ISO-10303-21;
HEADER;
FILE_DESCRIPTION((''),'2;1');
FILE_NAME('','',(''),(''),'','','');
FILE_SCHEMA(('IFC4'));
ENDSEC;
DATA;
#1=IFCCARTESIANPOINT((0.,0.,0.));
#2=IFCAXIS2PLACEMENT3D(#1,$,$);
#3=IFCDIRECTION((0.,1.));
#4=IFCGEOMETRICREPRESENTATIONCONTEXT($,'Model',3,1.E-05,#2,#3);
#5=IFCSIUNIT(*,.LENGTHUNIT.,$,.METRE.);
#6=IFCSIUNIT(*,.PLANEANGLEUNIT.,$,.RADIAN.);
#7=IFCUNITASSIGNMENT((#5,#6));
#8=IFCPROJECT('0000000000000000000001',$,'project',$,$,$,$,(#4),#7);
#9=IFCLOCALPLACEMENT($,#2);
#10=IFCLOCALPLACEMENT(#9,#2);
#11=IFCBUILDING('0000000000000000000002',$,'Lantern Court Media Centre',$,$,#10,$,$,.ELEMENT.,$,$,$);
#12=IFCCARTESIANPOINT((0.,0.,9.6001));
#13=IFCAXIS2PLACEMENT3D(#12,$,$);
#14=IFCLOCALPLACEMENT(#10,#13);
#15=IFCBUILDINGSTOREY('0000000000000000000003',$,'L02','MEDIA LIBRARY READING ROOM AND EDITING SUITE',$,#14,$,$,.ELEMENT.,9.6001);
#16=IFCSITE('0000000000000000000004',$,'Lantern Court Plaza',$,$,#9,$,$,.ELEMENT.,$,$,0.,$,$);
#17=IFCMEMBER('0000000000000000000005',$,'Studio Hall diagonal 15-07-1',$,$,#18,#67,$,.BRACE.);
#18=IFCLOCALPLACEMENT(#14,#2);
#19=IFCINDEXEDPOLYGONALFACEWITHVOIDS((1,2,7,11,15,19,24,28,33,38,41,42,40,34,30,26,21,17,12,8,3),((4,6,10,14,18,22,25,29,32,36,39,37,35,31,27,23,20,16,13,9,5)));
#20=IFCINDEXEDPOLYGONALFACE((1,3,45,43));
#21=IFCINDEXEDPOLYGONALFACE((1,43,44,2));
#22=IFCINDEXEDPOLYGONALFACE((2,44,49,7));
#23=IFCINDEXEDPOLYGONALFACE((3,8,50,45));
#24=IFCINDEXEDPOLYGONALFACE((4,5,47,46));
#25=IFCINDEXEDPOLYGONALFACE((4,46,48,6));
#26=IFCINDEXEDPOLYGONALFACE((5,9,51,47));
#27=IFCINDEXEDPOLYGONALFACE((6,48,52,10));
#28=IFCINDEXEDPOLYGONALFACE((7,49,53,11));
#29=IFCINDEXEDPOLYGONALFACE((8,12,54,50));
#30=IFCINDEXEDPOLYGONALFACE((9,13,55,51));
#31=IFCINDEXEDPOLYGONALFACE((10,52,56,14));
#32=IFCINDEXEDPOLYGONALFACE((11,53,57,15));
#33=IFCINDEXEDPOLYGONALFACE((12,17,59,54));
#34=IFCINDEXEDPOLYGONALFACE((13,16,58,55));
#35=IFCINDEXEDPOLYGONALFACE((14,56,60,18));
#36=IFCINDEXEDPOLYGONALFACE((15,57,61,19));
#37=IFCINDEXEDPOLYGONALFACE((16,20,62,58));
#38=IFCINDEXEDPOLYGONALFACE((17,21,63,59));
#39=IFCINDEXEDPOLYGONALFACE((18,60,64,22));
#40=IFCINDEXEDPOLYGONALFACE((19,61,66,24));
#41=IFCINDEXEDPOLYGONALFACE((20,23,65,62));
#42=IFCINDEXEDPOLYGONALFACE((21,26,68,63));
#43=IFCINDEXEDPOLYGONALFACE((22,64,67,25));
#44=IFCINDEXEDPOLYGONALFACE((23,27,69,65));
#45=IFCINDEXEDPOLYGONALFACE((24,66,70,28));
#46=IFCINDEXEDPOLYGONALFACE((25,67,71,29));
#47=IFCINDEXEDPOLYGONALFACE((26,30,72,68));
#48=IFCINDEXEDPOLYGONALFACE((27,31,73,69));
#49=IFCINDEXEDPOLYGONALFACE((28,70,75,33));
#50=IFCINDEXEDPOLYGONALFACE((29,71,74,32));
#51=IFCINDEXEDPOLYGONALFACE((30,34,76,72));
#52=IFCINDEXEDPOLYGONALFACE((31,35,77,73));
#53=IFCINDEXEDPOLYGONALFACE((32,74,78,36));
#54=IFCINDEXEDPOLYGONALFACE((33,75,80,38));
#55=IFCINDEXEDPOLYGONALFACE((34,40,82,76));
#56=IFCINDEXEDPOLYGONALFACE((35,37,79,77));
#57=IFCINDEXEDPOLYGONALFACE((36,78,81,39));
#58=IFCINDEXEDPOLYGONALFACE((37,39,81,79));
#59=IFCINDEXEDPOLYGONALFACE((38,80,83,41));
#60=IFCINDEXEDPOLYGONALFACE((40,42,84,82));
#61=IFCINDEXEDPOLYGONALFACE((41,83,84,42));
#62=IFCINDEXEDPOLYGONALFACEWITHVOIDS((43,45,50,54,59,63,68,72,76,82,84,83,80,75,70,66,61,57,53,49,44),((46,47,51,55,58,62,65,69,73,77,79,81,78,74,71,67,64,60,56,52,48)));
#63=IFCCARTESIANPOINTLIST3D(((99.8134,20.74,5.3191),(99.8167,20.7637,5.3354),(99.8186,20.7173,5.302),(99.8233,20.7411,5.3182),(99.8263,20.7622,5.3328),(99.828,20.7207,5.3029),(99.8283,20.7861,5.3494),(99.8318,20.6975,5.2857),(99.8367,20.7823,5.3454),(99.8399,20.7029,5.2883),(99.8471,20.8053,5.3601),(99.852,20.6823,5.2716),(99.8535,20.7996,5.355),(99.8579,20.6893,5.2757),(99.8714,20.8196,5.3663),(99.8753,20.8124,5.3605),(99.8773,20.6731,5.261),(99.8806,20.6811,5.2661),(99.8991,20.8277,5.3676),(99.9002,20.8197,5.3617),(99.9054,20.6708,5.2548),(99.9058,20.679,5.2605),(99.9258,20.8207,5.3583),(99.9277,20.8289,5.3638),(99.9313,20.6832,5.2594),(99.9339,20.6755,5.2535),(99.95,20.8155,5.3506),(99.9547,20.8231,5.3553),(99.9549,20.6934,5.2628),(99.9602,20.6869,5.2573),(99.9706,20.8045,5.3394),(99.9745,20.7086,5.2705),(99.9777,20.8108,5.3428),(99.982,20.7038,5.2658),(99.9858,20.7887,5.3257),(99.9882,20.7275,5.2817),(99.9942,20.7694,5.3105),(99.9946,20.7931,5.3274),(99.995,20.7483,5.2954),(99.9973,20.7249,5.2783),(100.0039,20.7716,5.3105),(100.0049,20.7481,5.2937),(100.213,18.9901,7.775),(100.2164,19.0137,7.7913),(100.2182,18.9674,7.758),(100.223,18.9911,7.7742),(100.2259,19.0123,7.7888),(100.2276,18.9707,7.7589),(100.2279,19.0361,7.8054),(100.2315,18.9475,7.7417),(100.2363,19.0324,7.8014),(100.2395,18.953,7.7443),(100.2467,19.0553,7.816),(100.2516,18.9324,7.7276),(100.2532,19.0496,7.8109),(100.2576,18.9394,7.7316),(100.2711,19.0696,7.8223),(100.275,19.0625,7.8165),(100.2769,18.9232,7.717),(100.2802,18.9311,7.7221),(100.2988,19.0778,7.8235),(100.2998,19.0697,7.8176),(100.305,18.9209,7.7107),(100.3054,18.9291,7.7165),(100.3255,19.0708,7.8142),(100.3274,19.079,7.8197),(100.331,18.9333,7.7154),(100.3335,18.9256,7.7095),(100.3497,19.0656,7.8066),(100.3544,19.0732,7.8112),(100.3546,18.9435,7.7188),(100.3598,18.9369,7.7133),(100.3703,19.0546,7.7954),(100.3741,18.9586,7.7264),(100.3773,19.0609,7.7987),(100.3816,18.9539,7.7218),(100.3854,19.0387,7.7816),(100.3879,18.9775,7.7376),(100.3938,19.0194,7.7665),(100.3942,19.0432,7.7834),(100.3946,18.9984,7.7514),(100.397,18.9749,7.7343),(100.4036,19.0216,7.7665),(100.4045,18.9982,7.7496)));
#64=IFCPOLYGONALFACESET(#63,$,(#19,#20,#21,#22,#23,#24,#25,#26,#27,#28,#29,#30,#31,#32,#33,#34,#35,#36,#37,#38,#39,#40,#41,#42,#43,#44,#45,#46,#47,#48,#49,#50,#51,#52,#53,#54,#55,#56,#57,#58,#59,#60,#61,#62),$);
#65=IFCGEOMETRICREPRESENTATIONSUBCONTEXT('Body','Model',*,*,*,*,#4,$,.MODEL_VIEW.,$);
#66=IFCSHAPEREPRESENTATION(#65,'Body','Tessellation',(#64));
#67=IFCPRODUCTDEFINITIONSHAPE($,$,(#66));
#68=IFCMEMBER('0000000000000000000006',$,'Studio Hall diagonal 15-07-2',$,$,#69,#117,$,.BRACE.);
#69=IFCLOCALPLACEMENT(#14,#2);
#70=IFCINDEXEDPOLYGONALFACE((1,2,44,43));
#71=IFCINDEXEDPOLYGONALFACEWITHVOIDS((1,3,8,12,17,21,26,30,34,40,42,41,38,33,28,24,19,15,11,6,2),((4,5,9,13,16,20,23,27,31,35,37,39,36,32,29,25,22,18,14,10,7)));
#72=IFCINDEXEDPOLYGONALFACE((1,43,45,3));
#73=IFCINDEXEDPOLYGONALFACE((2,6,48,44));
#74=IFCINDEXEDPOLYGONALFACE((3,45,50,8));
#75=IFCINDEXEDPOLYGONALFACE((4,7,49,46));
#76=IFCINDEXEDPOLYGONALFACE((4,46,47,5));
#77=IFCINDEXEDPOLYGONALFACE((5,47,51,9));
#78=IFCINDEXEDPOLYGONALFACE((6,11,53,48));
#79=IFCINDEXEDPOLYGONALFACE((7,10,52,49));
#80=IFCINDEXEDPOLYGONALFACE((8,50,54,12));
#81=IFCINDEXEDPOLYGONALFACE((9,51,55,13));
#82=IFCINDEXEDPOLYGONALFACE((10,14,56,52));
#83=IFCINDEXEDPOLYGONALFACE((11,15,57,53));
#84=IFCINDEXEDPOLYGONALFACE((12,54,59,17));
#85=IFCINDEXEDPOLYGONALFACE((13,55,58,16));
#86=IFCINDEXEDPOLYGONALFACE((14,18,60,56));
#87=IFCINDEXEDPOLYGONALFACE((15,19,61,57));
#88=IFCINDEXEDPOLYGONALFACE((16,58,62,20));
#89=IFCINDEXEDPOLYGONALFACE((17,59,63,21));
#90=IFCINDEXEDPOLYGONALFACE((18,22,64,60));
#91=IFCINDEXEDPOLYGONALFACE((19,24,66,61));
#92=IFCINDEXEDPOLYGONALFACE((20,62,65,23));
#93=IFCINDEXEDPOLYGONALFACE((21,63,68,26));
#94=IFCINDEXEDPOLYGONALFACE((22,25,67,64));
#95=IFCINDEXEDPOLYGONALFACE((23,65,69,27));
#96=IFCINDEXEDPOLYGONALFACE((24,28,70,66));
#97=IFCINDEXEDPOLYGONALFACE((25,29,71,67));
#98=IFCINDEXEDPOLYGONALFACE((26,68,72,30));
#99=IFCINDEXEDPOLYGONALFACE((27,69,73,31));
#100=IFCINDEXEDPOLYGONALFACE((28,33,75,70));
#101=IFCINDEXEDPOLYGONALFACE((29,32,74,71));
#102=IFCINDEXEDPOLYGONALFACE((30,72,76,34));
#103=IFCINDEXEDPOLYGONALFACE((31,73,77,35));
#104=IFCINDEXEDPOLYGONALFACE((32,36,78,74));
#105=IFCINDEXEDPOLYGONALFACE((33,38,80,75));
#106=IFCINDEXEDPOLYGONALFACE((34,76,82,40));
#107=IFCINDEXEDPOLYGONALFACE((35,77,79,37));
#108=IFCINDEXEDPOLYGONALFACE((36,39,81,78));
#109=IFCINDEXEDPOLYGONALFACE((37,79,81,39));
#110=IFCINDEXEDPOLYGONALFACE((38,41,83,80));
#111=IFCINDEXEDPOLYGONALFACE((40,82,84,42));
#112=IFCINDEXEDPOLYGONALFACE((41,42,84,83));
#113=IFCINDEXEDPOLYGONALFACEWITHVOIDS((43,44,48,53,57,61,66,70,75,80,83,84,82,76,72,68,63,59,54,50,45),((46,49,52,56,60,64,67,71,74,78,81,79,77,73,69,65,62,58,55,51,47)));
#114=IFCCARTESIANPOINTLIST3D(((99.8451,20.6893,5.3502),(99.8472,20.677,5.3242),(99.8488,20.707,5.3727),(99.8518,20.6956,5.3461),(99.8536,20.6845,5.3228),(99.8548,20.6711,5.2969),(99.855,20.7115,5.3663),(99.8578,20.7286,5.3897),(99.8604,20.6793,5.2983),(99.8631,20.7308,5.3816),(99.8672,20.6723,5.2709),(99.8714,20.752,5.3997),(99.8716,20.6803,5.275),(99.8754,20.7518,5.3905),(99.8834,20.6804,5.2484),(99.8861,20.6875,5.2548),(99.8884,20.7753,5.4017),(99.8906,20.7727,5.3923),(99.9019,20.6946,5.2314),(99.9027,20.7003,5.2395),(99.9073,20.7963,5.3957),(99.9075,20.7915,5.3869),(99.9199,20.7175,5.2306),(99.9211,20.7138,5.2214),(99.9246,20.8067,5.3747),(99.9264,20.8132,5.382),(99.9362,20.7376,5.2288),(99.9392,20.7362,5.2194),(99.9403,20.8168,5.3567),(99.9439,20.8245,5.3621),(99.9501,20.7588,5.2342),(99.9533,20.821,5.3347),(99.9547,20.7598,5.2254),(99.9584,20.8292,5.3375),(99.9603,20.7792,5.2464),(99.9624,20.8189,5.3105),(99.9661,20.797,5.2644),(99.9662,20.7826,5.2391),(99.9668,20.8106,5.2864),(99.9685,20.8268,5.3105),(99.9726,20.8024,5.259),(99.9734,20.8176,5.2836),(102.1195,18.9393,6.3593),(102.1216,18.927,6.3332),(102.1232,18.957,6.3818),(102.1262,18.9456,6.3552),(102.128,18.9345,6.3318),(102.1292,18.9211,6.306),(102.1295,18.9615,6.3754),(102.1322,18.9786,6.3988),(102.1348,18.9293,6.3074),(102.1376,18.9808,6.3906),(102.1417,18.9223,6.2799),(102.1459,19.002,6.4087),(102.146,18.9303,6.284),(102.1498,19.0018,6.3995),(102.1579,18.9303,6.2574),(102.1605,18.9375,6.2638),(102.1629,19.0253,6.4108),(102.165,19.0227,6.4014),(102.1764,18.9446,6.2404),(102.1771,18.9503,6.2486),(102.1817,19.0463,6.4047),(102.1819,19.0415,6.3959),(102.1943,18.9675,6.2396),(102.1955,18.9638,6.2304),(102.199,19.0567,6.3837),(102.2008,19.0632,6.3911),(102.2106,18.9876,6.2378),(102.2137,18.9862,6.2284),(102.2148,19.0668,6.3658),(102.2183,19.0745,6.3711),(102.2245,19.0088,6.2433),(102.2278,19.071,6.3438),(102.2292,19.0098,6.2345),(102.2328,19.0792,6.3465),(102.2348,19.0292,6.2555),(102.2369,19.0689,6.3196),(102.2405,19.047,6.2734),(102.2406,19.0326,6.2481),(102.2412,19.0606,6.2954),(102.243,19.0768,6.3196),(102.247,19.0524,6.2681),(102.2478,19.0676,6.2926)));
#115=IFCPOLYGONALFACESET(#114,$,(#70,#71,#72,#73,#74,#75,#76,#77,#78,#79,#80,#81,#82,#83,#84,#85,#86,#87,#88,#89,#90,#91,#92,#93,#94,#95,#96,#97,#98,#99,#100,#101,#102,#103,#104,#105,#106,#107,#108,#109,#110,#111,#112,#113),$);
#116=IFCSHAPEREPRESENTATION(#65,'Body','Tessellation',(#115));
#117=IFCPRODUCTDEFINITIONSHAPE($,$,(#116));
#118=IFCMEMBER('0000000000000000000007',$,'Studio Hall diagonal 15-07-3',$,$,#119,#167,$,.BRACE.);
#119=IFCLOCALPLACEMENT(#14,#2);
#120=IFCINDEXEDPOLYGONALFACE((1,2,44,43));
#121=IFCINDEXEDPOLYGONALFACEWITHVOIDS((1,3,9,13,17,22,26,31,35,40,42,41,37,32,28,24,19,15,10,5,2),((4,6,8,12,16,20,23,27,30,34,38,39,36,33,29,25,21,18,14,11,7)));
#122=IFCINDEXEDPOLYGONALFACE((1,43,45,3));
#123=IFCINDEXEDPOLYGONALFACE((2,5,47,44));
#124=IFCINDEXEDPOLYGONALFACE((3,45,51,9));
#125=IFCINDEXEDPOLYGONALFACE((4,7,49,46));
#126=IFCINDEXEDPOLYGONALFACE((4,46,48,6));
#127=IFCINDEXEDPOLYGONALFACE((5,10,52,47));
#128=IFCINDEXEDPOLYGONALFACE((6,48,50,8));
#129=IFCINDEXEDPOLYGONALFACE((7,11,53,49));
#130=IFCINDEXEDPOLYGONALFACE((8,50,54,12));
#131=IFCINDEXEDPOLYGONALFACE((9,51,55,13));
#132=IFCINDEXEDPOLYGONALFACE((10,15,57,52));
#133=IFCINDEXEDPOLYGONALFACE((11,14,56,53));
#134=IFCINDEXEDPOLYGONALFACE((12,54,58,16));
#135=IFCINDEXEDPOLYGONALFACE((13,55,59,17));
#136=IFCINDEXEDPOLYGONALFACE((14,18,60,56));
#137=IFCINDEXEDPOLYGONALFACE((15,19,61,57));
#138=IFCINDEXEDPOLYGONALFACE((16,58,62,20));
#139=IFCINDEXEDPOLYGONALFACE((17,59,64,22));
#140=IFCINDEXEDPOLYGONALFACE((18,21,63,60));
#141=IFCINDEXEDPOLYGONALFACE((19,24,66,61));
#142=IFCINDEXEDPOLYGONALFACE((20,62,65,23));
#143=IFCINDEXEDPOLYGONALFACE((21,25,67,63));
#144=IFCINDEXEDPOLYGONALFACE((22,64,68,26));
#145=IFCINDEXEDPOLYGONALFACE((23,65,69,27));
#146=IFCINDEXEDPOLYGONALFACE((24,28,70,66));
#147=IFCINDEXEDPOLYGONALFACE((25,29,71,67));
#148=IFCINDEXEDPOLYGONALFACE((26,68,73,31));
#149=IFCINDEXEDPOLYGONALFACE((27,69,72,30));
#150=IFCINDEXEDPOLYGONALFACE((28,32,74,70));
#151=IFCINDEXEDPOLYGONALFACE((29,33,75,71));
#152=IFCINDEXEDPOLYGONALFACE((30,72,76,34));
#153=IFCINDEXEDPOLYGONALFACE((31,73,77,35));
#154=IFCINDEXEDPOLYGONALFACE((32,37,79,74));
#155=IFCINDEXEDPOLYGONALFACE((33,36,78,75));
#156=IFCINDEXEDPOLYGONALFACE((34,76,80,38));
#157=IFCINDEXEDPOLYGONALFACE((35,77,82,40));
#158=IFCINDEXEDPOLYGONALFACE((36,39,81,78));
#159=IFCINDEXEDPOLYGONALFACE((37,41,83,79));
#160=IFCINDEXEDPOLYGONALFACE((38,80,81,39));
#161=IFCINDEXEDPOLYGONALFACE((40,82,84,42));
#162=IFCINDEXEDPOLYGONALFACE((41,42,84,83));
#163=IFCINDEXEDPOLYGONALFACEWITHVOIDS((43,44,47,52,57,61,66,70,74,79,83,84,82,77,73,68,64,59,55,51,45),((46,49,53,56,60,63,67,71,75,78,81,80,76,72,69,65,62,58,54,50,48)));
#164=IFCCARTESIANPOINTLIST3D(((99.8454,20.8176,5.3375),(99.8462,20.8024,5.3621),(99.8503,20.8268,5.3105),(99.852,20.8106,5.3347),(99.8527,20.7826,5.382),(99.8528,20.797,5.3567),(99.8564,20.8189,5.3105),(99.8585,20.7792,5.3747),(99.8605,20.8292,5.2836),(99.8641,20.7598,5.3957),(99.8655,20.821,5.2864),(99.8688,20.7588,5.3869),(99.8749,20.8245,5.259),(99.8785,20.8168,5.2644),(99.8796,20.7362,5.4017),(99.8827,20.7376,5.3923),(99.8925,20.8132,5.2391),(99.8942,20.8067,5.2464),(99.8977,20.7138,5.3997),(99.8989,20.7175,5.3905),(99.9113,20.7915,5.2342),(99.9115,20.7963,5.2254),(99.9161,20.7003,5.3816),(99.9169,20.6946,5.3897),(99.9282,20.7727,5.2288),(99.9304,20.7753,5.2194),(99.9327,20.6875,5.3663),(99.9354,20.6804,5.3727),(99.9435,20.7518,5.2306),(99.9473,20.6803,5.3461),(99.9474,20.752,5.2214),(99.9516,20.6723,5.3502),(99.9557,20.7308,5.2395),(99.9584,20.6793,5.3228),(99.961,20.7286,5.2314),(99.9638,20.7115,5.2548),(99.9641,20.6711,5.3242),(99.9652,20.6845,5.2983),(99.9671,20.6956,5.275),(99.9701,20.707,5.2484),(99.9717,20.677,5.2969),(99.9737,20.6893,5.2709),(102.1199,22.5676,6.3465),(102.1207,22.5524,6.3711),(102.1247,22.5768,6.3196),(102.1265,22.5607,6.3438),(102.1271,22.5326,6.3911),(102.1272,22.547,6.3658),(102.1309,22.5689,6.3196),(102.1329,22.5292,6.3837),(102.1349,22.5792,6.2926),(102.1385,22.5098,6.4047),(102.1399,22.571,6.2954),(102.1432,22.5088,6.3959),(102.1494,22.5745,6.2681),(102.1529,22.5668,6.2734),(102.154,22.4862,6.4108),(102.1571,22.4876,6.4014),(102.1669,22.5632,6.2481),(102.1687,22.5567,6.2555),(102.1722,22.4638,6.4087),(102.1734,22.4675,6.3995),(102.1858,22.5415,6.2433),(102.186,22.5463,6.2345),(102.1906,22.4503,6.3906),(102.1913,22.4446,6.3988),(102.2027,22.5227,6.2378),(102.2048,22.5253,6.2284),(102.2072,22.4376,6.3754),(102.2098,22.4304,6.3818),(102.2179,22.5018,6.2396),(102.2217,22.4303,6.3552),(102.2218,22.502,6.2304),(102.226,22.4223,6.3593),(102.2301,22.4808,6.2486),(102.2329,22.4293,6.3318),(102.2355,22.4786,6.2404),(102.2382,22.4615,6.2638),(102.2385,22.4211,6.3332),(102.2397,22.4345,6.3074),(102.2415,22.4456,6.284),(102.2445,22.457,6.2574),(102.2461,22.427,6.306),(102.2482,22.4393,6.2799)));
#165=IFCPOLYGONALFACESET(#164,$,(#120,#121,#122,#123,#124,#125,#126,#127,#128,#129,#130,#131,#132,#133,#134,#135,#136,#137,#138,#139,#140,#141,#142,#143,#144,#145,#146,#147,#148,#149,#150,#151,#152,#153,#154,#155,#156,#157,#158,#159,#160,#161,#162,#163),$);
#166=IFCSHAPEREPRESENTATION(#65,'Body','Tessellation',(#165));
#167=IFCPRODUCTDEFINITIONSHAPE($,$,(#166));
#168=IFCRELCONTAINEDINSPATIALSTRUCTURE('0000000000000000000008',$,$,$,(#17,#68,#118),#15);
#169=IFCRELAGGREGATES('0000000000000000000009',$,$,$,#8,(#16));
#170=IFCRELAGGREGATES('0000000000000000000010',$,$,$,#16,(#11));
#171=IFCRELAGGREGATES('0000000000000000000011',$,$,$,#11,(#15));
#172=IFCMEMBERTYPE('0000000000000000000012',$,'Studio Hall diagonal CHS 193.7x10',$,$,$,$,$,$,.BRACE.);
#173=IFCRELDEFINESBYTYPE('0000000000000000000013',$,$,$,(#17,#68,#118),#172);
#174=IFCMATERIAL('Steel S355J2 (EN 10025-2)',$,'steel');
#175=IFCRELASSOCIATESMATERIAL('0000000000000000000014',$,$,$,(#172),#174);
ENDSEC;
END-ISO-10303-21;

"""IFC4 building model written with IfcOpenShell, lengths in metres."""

from ifc_helpers import new_model, si_unit, direction, frame, origin, origin_2d, place, context, subcontext, project, spatial, hollow_circle, extrude, material, material_profile, profile_set, type_object, element, save


model = new_model("IFC4")

# Units and contexts
model_context = context("Model", 3, precision=1e-05, world=origin(), true_north=direction((0.0, 1.0)))
body_context = subcontext(model_context, "Body", "Model", "MODEL_VIEW")
ifc_project = project(units=[si_unit("LENGTHUNIT", "METRE"), si_unit("PLANEANGLEUNIT", "RADIAN")], contexts=[model_context])

# Site, building, storey
site_placement = place(None, origin())
site = spatial("IfcSite", under=ifc_project, at=site_placement, Name="Lantern Court Plaza", CompositionType="ELEMENT", RefElevation=0.0)
building_placement = place(site_placement, origin())
building = spatial("IfcBuilding", under=site, at=building_placement, Name="Lantern Court Media Centre", CompositionType="ELEMENT")
storey_placement = place(building_placement, frame((0.0, 0.0, 9.6001)))
storey = spatial("IfcBuildingStorey", under=building, at=storey_placement, Name="L02", Description="MEDIA LIBRARY READING ROOM AND EDITING SUITE", CompositionType="ELEMENT", Elevation=9.6001)

# Shared definitions
ifc_material_1 = material(Name="Steel S355J2 (EN 10025-2)", Category="steel")

# Members
ifc_material_profile_1 = material_profile(ifc_material_1, hollow_circle(Radius=0.0969, WallThickness=0.01, at=origin_2d()), Name="Studio Hall diagonal CHS 193.7x10")
ifc_profile_set_1 = profile_set([ifc_material_profile_1], Name="Steel S355J2 (EN 10025-2)")
member_type_1 = type_object("IfcMemberType", Name="Studio Hall diagonal CHS 193.7x10", PredefinedType="BRACE", material=ifc_profile_set_1)
for number, where, z_axis, x_axis, name in (
    (1, (99.9094, 20.75, 5.3105), (0.131375, -0.575259, 0.807352), (0.9749, 0.222644, 0.0), "Studio Hall diagonal 15-07-1"),
    (2, (99.9094, 20.75, 5.3105), (0.747677, -0.575284, 0.331703), (0.609809, 0.792548, 0.0), "Studio Hall diagonal 15-07-2"),
    (3, (99.9094, 20.75, 5.3105), (0.747677, 0.575284, 0.331703), (-0.609809, 0.792548, 0.0), "Studio Hall diagonal 15-07-3"),
):
    element("IfcMember", number, at=place(storey_placement, frame(where, z_axis=z_axis, x_axis=x_axis)), inside=storey, type_object=member_type_1, Name=name, PredefinedType="BRACE", context=body_context, shape_type="SweptSolid", body=[
        extrude(hollow_circle(Radius=0.0969, WallThickness=0.01, at=origin_2d()), origin(), (0.0, 0.0, 1.0), 3.042),
    ])

save(model, "model.ifc")
